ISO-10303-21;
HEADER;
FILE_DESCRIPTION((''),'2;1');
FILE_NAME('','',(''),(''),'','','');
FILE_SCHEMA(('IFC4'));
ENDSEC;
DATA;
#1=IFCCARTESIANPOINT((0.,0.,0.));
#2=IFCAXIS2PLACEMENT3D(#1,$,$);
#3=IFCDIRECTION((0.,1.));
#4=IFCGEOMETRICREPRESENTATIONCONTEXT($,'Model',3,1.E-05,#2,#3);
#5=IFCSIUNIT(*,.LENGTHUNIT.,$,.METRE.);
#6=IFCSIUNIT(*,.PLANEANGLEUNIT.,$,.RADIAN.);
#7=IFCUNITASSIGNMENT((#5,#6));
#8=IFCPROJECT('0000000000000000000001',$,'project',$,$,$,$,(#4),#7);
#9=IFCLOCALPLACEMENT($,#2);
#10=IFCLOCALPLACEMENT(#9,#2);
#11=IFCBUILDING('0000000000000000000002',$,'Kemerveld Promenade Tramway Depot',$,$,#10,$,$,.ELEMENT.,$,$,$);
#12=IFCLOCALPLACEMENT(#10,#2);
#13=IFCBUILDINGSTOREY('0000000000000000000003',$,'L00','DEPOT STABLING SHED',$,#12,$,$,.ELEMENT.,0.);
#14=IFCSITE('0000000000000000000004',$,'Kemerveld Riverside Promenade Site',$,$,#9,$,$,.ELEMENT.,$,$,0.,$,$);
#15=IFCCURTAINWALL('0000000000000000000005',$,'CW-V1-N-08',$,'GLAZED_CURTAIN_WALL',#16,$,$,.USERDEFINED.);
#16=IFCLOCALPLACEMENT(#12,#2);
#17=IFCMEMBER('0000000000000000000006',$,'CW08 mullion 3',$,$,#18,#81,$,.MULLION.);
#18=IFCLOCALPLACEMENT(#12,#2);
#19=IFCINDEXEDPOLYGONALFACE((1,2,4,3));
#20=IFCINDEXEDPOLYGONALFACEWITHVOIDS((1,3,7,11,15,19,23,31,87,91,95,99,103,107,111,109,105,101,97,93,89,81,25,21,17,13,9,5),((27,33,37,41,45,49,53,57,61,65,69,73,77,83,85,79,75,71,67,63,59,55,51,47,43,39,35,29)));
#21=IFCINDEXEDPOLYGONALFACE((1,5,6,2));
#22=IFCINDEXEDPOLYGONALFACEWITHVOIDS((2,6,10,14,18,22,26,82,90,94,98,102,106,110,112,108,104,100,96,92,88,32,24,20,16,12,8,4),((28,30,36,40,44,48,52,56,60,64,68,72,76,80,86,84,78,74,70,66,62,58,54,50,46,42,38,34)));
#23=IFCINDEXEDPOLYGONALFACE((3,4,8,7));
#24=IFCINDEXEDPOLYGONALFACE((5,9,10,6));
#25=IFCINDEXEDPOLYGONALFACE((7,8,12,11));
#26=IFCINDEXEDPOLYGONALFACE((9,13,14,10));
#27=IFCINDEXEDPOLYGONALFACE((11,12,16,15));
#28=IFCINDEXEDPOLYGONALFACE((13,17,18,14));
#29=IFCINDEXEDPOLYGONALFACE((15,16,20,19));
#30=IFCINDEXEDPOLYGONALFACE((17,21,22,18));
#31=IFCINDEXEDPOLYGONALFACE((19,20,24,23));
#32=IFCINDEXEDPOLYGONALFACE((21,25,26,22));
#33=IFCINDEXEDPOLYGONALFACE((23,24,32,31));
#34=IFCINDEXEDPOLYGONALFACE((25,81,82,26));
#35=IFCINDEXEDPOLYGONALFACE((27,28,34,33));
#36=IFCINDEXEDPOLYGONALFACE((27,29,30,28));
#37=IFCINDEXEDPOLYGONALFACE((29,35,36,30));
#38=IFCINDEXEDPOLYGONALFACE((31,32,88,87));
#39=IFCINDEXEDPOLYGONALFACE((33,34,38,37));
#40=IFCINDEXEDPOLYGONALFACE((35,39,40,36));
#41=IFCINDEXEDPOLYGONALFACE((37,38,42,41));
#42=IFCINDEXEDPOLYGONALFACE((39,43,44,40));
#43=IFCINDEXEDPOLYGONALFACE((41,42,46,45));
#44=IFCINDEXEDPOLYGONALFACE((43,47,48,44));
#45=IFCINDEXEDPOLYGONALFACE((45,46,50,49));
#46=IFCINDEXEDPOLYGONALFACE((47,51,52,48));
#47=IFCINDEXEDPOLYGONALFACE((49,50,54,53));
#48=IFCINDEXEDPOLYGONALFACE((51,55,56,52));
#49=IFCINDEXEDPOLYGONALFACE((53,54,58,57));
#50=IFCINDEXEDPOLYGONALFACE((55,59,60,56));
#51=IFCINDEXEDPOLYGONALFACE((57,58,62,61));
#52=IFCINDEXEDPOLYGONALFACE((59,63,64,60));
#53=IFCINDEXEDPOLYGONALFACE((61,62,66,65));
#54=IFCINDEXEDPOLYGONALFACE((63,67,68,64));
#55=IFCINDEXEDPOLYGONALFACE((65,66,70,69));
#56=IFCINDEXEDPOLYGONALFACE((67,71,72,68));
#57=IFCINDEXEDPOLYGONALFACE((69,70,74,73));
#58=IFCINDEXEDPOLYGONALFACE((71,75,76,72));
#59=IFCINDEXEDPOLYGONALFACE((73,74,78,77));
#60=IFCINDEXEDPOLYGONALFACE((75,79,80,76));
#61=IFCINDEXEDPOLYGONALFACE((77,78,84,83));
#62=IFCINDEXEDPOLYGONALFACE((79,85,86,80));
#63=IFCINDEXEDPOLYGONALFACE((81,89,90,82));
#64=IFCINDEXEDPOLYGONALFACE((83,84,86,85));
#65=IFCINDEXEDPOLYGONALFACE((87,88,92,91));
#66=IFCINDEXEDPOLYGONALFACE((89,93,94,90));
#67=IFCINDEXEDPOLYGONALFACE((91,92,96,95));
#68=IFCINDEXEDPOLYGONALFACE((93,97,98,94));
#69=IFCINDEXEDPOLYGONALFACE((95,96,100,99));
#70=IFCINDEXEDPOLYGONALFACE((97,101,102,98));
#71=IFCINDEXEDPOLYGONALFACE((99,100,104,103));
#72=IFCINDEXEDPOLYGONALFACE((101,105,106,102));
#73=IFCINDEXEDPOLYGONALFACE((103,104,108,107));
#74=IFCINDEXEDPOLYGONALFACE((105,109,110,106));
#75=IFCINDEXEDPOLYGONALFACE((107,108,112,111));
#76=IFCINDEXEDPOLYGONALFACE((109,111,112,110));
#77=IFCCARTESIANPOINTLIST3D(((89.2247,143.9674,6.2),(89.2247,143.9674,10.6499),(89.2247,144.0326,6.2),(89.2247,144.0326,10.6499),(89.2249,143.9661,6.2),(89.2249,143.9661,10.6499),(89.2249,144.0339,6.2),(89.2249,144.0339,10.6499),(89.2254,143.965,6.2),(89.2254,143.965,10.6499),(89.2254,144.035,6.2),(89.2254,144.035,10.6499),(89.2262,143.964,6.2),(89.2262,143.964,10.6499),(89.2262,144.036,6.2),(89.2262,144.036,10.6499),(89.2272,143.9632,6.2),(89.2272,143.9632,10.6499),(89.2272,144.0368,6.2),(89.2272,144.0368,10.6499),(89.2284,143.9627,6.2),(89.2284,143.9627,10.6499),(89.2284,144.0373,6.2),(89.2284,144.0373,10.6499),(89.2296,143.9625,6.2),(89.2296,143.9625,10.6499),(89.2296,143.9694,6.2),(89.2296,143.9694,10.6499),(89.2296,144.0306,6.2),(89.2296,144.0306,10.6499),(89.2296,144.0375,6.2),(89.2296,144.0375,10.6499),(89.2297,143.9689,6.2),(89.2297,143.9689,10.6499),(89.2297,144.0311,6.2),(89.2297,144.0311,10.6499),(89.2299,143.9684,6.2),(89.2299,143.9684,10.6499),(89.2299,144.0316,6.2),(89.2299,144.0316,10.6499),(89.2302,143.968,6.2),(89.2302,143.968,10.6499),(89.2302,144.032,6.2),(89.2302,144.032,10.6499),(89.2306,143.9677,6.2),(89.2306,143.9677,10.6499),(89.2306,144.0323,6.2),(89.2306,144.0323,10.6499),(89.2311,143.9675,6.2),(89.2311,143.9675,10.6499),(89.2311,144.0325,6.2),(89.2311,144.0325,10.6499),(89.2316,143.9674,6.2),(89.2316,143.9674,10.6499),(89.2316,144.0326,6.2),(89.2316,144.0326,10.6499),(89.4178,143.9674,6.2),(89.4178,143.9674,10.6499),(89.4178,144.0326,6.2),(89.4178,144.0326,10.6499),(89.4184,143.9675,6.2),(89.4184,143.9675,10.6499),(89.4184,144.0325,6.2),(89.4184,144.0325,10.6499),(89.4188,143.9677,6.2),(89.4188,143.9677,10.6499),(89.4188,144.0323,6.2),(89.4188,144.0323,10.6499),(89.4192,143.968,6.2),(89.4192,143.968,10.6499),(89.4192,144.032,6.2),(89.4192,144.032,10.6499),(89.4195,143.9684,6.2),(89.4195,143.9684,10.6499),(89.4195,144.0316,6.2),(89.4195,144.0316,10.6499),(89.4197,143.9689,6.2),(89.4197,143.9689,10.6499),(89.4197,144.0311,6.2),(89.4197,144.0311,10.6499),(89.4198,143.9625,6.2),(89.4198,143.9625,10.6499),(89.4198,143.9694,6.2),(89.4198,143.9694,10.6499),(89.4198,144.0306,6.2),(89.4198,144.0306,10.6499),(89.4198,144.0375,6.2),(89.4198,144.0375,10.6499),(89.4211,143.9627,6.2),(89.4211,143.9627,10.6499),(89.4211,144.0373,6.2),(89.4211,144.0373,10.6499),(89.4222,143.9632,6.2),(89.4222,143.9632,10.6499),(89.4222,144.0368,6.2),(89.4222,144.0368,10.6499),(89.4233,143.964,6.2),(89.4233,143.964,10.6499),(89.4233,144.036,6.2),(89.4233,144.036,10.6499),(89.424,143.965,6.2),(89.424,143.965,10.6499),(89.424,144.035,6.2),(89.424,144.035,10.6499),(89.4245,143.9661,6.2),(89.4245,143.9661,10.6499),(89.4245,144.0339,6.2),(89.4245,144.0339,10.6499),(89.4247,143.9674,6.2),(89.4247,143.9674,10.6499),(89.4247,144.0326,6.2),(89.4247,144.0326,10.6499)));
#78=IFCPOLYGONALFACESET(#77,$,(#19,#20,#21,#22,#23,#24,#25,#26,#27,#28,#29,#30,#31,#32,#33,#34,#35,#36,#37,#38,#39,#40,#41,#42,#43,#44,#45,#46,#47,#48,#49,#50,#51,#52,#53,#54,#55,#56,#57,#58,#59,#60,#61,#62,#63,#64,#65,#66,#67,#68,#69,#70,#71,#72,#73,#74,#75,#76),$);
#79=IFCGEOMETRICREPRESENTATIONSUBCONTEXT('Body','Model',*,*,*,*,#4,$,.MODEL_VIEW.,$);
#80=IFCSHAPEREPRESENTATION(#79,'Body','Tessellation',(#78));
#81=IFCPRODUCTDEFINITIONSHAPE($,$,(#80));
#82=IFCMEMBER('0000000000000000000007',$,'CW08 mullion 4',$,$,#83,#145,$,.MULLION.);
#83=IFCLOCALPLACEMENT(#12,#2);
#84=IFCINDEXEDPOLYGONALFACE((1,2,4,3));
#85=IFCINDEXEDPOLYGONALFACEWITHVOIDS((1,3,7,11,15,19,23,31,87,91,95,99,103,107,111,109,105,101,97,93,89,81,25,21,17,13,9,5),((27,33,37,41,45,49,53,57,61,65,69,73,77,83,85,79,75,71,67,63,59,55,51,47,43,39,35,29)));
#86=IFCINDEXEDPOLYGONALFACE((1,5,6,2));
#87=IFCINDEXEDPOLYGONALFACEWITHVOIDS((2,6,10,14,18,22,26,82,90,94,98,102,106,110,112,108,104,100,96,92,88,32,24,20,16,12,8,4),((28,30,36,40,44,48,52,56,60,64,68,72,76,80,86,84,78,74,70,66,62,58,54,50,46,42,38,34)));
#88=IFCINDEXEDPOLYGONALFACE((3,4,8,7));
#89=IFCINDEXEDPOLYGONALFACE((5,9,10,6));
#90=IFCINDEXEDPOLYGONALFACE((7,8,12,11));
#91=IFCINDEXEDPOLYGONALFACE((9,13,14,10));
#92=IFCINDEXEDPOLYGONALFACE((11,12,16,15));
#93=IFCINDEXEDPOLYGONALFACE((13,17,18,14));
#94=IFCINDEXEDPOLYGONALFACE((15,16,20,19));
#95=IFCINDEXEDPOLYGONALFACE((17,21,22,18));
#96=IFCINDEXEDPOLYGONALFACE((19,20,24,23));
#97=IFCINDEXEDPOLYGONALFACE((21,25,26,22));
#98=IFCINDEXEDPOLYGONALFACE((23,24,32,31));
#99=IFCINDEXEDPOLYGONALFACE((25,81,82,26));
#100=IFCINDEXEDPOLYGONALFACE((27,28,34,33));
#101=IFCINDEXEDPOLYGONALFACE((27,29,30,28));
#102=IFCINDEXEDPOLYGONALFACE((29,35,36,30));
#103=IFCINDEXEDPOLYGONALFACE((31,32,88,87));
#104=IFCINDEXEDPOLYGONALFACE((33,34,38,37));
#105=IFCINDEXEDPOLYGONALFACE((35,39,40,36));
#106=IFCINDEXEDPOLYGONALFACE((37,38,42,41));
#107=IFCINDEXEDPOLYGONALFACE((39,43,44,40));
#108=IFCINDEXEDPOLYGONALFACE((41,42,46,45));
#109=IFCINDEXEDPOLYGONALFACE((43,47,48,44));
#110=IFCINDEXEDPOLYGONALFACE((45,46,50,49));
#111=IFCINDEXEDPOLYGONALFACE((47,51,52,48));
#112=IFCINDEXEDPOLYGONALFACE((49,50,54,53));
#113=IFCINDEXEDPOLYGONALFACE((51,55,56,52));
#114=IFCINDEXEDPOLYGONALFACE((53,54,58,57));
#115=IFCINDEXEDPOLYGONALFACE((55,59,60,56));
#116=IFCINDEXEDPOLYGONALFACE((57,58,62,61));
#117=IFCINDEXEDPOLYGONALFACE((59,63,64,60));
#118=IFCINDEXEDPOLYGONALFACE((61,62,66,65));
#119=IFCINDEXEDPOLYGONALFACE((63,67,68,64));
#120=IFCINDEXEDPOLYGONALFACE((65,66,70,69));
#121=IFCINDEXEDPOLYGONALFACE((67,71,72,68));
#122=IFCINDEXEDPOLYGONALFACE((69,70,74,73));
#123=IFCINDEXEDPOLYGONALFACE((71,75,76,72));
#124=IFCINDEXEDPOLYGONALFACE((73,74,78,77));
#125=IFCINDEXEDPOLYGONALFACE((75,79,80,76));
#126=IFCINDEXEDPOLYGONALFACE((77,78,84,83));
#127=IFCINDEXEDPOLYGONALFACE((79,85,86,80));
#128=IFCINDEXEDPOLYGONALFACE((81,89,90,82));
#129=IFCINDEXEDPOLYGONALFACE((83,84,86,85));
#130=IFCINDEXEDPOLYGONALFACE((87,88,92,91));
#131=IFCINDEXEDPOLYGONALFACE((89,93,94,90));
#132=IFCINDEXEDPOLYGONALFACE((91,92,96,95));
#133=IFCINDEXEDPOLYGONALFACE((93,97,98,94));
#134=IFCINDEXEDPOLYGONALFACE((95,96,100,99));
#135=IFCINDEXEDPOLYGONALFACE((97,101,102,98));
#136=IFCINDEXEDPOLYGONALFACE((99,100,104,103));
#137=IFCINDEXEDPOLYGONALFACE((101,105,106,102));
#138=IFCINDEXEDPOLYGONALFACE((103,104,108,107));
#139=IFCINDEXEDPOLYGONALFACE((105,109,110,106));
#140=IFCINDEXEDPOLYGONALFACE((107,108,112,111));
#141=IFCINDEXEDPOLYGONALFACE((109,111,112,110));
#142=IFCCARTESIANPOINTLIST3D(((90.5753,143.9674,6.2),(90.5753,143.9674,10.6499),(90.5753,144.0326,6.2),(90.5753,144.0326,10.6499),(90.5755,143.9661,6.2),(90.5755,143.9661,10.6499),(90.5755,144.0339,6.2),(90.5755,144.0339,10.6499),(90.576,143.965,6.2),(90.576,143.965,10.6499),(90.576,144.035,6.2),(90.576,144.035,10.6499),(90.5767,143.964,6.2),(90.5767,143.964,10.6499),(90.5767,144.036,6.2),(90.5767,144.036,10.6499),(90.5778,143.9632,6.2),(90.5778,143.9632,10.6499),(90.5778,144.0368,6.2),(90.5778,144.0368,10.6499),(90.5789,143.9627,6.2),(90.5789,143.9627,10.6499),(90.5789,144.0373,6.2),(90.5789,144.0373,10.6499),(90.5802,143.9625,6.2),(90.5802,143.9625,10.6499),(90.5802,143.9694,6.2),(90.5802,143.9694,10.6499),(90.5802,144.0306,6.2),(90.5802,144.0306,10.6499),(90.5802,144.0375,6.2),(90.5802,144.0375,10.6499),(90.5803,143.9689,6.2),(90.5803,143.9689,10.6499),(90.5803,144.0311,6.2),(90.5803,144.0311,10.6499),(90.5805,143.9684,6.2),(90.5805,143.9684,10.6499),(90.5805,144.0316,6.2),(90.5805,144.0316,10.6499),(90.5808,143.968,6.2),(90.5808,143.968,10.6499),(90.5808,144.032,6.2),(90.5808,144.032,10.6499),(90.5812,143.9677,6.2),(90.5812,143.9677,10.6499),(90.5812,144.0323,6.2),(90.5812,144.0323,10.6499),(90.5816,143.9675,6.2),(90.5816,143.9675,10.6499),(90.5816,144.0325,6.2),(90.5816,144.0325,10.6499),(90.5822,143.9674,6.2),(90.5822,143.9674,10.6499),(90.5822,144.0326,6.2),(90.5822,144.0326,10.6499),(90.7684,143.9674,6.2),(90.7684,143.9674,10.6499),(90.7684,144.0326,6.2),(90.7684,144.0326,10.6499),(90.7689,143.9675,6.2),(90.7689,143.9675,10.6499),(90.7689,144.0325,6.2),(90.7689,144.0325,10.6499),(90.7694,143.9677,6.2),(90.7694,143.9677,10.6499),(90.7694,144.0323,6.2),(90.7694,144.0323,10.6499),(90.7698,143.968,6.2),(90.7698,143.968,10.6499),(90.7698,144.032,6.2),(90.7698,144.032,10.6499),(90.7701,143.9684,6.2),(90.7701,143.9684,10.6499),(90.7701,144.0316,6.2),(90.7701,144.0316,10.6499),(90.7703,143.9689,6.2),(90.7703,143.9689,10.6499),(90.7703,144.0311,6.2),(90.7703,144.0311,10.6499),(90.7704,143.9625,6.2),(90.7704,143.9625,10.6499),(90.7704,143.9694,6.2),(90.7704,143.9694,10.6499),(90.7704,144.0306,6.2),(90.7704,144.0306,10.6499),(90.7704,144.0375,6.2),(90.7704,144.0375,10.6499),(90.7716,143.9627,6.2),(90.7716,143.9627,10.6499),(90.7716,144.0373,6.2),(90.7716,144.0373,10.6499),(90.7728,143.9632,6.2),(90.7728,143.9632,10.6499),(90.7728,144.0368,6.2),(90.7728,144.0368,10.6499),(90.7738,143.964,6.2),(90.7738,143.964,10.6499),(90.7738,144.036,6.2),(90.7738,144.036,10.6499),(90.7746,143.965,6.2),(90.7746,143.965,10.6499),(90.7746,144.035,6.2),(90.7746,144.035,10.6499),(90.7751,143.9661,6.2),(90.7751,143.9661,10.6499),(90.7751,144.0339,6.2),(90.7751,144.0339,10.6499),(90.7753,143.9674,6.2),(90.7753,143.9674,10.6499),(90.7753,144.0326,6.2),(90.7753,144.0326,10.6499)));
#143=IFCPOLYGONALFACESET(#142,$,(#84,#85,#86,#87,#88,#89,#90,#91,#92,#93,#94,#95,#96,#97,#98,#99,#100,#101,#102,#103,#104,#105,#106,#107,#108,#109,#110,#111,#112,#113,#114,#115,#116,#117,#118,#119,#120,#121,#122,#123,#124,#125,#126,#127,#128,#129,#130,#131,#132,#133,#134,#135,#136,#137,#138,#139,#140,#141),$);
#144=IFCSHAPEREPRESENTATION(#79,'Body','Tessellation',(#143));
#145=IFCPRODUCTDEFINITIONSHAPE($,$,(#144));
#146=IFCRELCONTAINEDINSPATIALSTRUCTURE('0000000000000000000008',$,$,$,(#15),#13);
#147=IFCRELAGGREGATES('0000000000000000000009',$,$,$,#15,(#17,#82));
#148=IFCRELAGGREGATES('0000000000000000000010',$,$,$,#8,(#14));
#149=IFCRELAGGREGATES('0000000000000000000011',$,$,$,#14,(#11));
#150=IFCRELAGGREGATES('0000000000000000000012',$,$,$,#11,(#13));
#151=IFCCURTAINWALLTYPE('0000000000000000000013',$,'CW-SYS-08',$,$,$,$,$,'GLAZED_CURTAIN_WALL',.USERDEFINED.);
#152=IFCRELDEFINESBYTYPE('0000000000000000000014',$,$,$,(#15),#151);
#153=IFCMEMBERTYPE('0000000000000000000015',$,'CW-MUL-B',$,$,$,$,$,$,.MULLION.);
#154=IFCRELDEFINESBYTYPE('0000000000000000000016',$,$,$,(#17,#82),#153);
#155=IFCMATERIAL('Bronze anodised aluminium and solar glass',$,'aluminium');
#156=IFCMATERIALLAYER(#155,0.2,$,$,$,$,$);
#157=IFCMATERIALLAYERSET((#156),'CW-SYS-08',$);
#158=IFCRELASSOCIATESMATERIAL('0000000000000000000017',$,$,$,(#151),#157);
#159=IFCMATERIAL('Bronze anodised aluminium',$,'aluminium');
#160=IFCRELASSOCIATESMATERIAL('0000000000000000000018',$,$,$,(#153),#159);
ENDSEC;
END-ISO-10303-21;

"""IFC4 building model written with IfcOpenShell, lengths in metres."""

from ifc_helpers import new_model, si_unit, direction, frame, origin, origin_2d, place, context, subcontext, project, spatial, hollow_rectangle, extrude, material, layer, layer_set, material_profile, profile_set, type_object, element, aggregate, save


model = new_model("IFC4")

# Units and contexts
model_context = context("Model", 3, precision=1e-05, world=origin(), true_north=direction((0.0, 1.0)))
body_context = subcontext(model_context, "Body", "Model", "MODEL_VIEW")
ifc_project = project(units=[si_unit("LENGTHUNIT", "METRE"), si_unit("PLANEANGLEUNIT", "RADIAN")], contexts=[model_context])

# Site, building, storey
site_placement = place(None, origin())
site = spatial("IfcSite", under=ifc_project, at=site_placement, Name="Kemerveld Riverside Promenade Site", CompositionType="ELEMENT", RefElevation=0.0)
building_placement = place(site_placement, origin())
building = spatial("IfcBuilding", under=site, at=building_placement, Name="Kemerveld Promenade Tramway Depot", CompositionType="ELEMENT")
storey_placement = place(building_placement, origin())
storey = spatial("IfcBuildingStorey", under=building, at=storey_placement, Name="L00", Description="DEPOT STABLING SHED", CompositionType="ELEMENT", Elevation=0.0)

# Shared definitions
ifc_material_1 = material(Name="Bronze anodised aluminium and solar glass", Category="aluminium")
ifc_material_2 = material(Name="Bronze anodised aluminium", Category="aluminium")

# Curtain wall, members
ifc_layer_1 = layer(ifc_material_1, 0.2)
ifc_layer_set_1 = layer_set([ifc_layer_1], Name="CW-SYS-08")
curtain_wall_type_1 = type_object("IfcCurtainWallType", Name="CW-SYS-08", ElementType="GLAZED_CURTAIN_WALL", PredefinedType="USERDEFINED", material=ifc_layer_set_1)
curtain_wall_1_placement = place(storey_placement, origin())
curtain_wall_1 = element("IfcCurtainWall", 1, at=curtain_wall_1_placement, inside=storey, type_object=curtain_wall_type_1, Name="CW-V1-N-08", ObjectType="GLAZED_CURTAIN_WALL", PredefinedType="USERDEFINED")
ifc_material_profile_1 = material_profile(ifc_material_2, hollow_rectangle(XDim=0.075, YDim=0.2, WallThickness=0.0049, InnerFilletRadius=0.002, OuterFilletRadius=0.0049, at=origin_2d()), Name="CW-MUL-200x75")
ifc_profile_set_1 = profile_set([ifc_material_profile_1], Name="Bronze anodised aluminium")
member_type_1 = type_object("IfcMemberType", Name="CW-MUL-B", PredefinedType="MULLION", material=ifc_profile_set_1)
member_1_placement = place(storey_placement, frame((89.3247, 144.0, 6.2), z_axis=(0.0, 0.0, 1.0), x_axis=(0.0, 1.0, 0.0)))
member_1 = element("IfcMember", 2, at=member_1_placement, type_object=member_type_1, Name="CW08 mullion 3", PredefinedType="MULLION", context=body_context, shape_type="SweptSolid", body=[
    extrude(hollow_rectangle(XDim=0.075, YDim=0.2, WallThickness=0.0049, InnerFilletRadius=0.002, OuterFilletRadius=0.0049, at=origin_2d()), origin(), (0.0, 0.0, 1.0), 4.45),
])
member_2_placement = place(storey_placement, frame((90.6753, 144.0, 6.2), z_axis=(0.0, 0.0, 1.0), x_axis=(0.0, 1.0, 0.0)))
member_2 = element("IfcMember", 3, at=member_2_placement, type_object=member_type_1, Name="CW08 mullion 4", PredefinedType="MULLION", context=body_context, shape_type="SweptSolid", body=[
    extrude(hollow_rectangle(XDim=0.075, YDim=0.2, WallThickness=0.0049, InnerFilletRadius=0.002, OuterFilletRadius=0.0049, at=origin_2d()), origin(), (0.0, 0.0, 1.0), 4.45),
])

aggregate(curtain_wall_1, [member_1, member_2])

save(model, "model.ifc")
